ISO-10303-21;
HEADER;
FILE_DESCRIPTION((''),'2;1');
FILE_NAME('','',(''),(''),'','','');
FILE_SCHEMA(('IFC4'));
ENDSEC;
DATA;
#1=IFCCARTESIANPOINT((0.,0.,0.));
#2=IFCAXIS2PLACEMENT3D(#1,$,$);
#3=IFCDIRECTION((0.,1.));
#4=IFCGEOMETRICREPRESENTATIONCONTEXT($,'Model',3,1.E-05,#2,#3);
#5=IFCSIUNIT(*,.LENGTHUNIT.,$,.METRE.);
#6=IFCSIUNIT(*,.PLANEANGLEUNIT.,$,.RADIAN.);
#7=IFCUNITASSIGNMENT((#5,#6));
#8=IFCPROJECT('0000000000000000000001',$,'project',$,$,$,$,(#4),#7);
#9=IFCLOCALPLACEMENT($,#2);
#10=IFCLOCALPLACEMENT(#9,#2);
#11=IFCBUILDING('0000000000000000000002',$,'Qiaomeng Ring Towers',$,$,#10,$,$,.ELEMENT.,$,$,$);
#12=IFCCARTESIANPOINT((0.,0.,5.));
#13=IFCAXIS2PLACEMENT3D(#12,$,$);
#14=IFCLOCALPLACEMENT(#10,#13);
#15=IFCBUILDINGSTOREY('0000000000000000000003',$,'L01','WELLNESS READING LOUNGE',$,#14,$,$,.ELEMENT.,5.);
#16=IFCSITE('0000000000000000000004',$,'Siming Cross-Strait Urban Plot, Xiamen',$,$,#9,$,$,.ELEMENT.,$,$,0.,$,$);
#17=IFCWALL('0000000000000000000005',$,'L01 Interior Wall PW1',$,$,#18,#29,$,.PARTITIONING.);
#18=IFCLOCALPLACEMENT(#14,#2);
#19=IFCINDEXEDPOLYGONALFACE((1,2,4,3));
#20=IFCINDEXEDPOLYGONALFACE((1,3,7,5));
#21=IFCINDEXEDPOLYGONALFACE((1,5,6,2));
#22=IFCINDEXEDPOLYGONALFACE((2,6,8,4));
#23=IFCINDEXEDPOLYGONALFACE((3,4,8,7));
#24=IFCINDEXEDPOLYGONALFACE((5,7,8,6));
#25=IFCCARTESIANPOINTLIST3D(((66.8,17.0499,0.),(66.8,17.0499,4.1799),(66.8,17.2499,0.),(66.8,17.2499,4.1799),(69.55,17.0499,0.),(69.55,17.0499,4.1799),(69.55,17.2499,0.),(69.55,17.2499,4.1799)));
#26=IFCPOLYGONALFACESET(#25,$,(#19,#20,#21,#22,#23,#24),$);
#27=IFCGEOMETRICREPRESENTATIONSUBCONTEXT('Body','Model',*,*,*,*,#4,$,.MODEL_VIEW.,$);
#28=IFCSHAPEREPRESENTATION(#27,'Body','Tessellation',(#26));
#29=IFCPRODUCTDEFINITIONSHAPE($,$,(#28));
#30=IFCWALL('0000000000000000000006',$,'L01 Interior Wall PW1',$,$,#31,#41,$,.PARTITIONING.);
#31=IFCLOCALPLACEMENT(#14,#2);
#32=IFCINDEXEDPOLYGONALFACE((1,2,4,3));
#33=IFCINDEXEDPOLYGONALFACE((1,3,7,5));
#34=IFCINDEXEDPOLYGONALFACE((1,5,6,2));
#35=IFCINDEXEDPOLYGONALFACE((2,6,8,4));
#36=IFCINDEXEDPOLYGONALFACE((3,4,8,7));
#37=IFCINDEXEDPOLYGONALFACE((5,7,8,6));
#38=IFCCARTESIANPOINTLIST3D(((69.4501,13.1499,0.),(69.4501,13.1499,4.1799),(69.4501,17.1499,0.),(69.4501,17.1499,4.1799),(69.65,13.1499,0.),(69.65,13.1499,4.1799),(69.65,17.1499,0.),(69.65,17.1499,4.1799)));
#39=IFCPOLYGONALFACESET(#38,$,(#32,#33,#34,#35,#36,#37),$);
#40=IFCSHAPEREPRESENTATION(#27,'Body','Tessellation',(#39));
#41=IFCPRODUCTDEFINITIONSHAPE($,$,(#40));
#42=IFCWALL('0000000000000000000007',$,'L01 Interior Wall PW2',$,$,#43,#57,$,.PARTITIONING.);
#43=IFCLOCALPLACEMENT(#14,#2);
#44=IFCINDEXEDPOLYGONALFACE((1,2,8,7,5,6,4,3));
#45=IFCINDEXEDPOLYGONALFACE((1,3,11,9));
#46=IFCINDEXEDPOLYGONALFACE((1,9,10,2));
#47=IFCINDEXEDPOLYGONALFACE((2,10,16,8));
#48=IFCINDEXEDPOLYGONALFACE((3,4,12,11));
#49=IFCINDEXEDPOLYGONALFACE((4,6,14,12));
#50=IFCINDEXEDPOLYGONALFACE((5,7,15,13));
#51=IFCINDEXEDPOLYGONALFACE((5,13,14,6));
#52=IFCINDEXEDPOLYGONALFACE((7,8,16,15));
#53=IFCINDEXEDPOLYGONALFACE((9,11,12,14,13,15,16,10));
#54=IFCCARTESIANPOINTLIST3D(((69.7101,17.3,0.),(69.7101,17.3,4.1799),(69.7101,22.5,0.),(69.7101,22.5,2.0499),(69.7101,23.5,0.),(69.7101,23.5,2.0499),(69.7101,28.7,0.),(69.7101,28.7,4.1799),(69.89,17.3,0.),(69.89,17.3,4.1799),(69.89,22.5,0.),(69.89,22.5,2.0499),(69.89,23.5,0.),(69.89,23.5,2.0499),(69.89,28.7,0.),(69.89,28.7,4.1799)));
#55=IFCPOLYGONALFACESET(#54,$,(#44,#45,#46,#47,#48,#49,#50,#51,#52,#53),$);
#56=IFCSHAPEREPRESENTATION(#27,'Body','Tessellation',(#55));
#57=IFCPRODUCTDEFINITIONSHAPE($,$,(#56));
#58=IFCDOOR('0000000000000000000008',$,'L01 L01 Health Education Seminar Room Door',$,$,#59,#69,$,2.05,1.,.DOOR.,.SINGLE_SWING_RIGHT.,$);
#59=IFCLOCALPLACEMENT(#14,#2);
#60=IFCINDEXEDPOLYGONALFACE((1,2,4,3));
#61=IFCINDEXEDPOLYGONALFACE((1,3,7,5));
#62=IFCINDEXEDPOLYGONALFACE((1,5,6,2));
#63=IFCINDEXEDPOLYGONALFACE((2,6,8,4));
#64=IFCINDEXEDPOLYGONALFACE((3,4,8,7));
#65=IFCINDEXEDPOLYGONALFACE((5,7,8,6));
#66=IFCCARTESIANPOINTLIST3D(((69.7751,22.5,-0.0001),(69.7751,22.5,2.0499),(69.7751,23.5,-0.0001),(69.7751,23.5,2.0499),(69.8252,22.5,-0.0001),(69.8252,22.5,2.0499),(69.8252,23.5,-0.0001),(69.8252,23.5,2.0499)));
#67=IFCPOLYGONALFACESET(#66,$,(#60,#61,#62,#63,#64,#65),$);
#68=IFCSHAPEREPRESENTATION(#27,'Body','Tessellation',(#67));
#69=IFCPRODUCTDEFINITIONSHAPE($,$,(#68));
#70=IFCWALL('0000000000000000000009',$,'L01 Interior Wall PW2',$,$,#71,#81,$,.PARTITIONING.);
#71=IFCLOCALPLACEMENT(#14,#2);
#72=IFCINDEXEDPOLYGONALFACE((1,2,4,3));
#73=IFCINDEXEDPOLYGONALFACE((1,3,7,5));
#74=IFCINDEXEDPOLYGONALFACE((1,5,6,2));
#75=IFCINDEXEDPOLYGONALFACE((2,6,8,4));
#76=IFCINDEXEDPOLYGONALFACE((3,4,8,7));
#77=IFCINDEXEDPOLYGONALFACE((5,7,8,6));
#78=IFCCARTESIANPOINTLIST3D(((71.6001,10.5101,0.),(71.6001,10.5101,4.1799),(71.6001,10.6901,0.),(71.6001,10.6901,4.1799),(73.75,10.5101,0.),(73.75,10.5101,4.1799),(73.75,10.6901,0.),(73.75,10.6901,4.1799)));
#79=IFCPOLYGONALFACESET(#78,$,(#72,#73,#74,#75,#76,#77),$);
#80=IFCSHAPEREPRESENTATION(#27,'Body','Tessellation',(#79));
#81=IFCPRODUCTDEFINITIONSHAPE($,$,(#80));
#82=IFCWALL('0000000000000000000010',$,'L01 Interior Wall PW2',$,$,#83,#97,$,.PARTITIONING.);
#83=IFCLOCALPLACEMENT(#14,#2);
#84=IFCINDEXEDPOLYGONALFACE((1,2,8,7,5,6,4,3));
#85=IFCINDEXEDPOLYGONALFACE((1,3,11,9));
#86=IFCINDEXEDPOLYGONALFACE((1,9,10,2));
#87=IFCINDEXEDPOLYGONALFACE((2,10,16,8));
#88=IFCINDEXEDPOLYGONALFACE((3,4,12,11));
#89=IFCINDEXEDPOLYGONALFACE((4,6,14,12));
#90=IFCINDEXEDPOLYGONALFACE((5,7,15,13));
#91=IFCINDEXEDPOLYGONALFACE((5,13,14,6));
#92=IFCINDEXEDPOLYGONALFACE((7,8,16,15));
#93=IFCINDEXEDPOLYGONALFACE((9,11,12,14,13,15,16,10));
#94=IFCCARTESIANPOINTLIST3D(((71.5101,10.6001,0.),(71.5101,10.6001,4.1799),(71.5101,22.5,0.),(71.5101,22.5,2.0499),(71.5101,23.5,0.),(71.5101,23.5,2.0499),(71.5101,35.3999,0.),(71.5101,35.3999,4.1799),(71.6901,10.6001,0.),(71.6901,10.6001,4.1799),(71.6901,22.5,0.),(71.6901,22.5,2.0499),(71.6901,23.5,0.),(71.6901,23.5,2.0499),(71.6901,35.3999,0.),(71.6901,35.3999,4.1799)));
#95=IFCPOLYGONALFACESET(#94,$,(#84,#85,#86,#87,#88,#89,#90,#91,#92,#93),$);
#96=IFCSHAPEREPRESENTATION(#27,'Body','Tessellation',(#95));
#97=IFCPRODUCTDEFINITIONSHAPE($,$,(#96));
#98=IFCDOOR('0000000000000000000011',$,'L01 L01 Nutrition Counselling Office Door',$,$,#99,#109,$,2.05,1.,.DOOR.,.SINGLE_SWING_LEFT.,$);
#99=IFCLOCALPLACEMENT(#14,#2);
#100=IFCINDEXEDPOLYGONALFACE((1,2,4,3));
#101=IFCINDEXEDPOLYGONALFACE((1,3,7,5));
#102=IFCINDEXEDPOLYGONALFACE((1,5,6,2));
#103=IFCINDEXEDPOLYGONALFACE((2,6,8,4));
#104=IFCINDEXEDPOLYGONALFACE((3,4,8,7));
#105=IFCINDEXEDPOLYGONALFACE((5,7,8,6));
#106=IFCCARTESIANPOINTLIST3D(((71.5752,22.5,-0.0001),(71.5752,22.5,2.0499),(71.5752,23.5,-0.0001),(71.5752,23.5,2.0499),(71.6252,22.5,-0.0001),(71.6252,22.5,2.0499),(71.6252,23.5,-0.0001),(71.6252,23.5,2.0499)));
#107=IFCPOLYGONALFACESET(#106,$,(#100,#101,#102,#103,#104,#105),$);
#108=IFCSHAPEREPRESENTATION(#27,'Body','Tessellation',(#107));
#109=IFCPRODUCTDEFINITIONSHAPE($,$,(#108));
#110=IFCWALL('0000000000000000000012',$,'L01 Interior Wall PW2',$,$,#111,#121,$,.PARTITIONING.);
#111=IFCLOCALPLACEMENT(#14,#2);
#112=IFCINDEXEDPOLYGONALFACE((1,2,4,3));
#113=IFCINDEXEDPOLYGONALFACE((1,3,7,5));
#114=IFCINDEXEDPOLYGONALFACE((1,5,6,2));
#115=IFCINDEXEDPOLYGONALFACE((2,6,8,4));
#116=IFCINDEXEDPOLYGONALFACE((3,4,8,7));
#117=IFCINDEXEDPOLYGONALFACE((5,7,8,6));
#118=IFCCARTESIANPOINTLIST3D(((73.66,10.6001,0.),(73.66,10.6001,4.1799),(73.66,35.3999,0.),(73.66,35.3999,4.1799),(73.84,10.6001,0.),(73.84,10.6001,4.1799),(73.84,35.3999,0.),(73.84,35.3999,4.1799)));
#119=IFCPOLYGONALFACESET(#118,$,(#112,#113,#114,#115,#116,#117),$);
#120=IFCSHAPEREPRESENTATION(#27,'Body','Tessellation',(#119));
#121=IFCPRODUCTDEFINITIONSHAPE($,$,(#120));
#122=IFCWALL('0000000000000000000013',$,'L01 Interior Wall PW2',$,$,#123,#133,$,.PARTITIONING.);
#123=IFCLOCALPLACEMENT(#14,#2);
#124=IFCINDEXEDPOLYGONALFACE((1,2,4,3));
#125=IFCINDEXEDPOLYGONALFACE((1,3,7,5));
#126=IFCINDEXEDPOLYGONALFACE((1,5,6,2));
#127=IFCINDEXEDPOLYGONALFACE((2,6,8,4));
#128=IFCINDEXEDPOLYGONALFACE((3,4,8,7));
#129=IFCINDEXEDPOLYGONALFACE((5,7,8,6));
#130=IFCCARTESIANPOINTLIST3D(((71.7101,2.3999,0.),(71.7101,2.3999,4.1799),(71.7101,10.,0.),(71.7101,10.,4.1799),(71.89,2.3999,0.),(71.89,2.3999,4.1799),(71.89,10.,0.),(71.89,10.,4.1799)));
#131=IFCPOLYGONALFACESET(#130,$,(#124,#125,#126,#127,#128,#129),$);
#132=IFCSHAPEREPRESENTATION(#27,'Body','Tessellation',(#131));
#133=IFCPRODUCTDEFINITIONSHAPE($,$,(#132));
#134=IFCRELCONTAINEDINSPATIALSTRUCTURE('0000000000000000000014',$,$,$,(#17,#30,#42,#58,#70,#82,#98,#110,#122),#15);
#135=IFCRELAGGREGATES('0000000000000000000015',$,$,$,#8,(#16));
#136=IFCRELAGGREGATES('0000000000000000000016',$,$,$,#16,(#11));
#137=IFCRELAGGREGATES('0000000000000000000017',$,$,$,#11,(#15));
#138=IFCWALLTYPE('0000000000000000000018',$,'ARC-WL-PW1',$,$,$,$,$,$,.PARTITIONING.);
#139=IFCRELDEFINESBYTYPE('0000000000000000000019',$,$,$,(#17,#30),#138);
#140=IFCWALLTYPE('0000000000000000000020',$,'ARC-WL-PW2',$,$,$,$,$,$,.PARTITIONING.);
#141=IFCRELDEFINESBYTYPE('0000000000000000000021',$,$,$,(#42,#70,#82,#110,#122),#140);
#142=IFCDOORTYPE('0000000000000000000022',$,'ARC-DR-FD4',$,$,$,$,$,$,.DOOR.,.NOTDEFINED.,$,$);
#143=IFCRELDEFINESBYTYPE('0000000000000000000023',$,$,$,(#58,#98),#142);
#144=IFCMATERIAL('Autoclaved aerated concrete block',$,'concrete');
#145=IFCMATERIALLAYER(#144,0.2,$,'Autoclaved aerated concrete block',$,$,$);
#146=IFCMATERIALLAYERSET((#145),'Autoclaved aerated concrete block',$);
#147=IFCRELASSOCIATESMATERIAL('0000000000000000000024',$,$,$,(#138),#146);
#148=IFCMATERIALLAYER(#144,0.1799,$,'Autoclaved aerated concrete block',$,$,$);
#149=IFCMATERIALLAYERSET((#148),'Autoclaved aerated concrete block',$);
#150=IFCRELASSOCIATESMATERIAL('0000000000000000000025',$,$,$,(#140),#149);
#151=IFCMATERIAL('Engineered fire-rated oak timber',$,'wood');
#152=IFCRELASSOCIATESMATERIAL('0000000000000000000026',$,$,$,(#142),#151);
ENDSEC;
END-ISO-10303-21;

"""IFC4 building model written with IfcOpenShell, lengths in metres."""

from ifc_helpers import new_model, si_unit, direction, frame, frame_2d, origin, place, context, subcontext, project, spatial, rectangle, extrude, source, transform, mapped, material, layer, layer_set, type_object, element, fill, save


model = new_model("IFC4")

# Units and contexts
model_context = context("Model", 3, precision=1e-05, world=origin(), true_north=direction((0.0, 1.0)))
body_context = subcontext(model_context, "Body", "Model", "MODEL_VIEW")
ifc_project = project(units=[si_unit("LENGTHUNIT", "METRE"), si_unit("PLANEANGLEUNIT", "RADIAN")], contexts=[model_context])

# Site, building, storey
site_placement = place(None, origin())
site = spatial("IfcSite", under=ifc_project, at=site_placement, Name="Siming Cross-Strait Urban Plot, Xiamen", CompositionType="ELEMENT", RefElevation=0.0)
building_placement = place(site_placement, origin())
building = spatial("IfcBuilding", under=site, at=building_placement, Name="Qiaomeng Ring Towers", CompositionType="ELEMENT")
storey_placement = place(building_placement, frame((0.0, 0.0, 5.0)))
storey = spatial("IfcBuildingStorey", under=building, at=storey_placement, Name="L01", Description="WELLNESS READING LOUNGE", CompositionType="ELEMENT", Elevation=5.0)

# Walls
ifc_material_1 = material(Name="Autoclaved aerated concrete block", Category="concrete")
ifc_layer_1 = layer(ifc_material_1, 0.2, Name="Autoclaved aerated concrete block")
ifc_layer_set_1 = layer_set([ifc_layer_1], Name="Autoclaved aerated concrete block")
wall_type_1 = type_object("IfcWallType", Name="ARC-WL-PW1", PredefinedType="PARTITIONING", material=ifc_layer_set_1)
wall_1_placement = place(storey_placement, frame((66.8, 17.1499, 0.0), z_axis=(0.0, 0.0, 1.0), x_axis=(1.0, 0.0, 0.0)))
element("IfcWall", 1, at=wall_1_placement, inside=storey, type_object=wall_type_1, Name="L01 Interior Wall PW1", PredefinedType="PARTITIONING", context=body_context, shape_type="SweptSolid", body=[
    extrude(rectangle(XDim=2.75, YDim=0.2, at=frame_2d((1.375, 0.0))), origin(), (0.0, 0.0, 1.0), 4.1799),
])
wall_2_placement = place(storey_placement, frame((69.55, 13.1499, 0.0), z_axis=(0.0, 0.0, 1.0), x_axis=(0.0, 1.0, 0.0)))
element("IfcWall", 2, at=wall_2_placement, inside=storey, type_object=wall_type_1, Name="L01 Interior Wall PW1", PredefinedType="PARTITIONING", context=body_context, shape_type="SweptSolid", body=[
    extrude(rectangle(XDim=4.0, YDim=0.2, at=frame_2d((2.0, 0.0))), origin(), (0.0, 0.0, 1.0), 4.1799),
])

# Wall, opening, door
ifc_layer_2 = layer(ifc_material_1, 0.1799, Name="Autoclaved aerated concrete block")
ifc_layer_set_2 = layer_set([ifc_layer_2], Name="Autoclaved aerated concrete block")
wall_type_2 = type_object("IfcWallType", Name="ARC-WL-PW2", PredefinedType="PARTITIONING", material=ifc_layer_set_2)
wall_3_placement = place(storey_placement, frame((69.8, 17.3, 0.0), z_axis=(0.0, 0.0, 1.0), x_axis=(0.0, 1.0, 0.0)))
wall_3 = element("IfcWall", 3, at=wall_3_placement, inside=storey, type_object=wall_type_2, Name="L01 Interior Wall PW2", PredefinedType="PARTITIONING", context=body_context, shape_type="SweptSolid", body=[
    extrude(rectangle(XDim=11.3999, YDim=0.1799, at=frame_2d((5.7, 0.0))), origin(), (0.0, 0.0, 1.0), 4.1799),
])
opening_1_placement = place(wall_3_placement, frame((5.2, 0.0, 0.0)))
opening_1 = element("IfcOpeningElement", 4, at=opening_1_placement, cuts=wall_3, PredefinedType="OPENING", context=body_context, shape_type="SweptSolid", body=[
    extrude(rectangle(XDim=1.0, YDim=2.05, at=frame_2d((0.5, 1.0249))), frame((0.0, 0.0999, 0.0), z_axis=(0.0, -1.0, 0.0), x_axis=(1.0, 0.0, 0.0)), (0.0, 0.0, 1.0), 0.2),
])
ifc_material_2 = material(Name="Engineered fire-rated oak timber", Category="wood")
door_type = type_object("IfcDoorType", Name="ARC-DR-FD4", OperationType="NOTDEFINED", PredefinedType="DOOR", material=ifc_material_2)
shared_shape_1 = source(origin(), body_context, "Body", "SweptSolid", [
    extrude(rectangle(XDim=1.0, YDim=2.05, at=frame_2d((0.5, 1.0249))), frame((0.0, 0.0249, 0.0), z_axis=(0.0, -1.0, 0.0), x_axis=(1.0, 0.0, 0.0)), (0.0, 0.0, 1.0), 0.05),
])
door_1_placement = place(opening_1_placement, origin())
door_1 = element("IfcDoor", 5, at=door_1_placement, inside=storey, type_object=door_type, Name="L01 L01 Health Education Seminar Room Door", OperationType="SINGLE_SWING_RIGHT", OverallHeight=2.05, OverallWidth=1.0, PredefinedType="DOOR", context=body_context, shape_type="MappedRepresentation", body=[
    mapped(shared_shape_1, transform((0.0, 0.0, 0.0), x_axis=(1.0, 0.0, 0.0), y_axis=(0.0, 1.0, 0.0), z_axis=(0.0, 0.0, 1.0), scale=1.0)),
])
fill(opening_1, door_1)

# Wall
wall_4_placement = place(storey_placement, frame((71.6001, 10.6001, 0.0), z_axis=(0.0, 0.0, 1.0), x_axis=(1.0, 0.0, 0.0)))
element("IfcWall", 6, at=wall_4_placement, inside=storey, type_object=wall_type_2, Name="L01 Interior Wall PW2", PredefinedType="PARTITIONING", context=body_context, shape_type="SweptSolid", body=[
    extrude(rectangle(XDim=2.1499, YDim=0.1799, at=frame_2d((1.075, 0.0))), origin(), (0.0, 0.0, 1.0), 4.1799),
])

# Wall, opening, door
wall_5_placement = place(storey_placement, frame((71.6001, 10.6001, 0.0), z_axis=(0.0, 0.0, 1.0), x_axis=(0.0, 1.0, 0.0)))
wall_5 = element("IfcWall", 7, at=wall_5_placement, inside=storey, type_object=wall_type_2, Name="L01 Interior Wall PW2", PredefinedType="PARTITIONING", context=body_context, shape_type="SweptSolid", body=[
    extrude(rectangle(XDim=24.7998, YDim=0.1799, at=frame_2d((12.3999, 0.0))), origin(), (0.0, 0.0, 1.0), 4.1799),
])
opening_2_placement = place(wall_5_placement, frame((11.8999, 0.0, 0.0)))
opening_2 = element("IfcOpeningElement", 8, at=opening_2_placement, cuts=wall_5, PredefinedType="OPENING", context=body_context, shape_type="SweptSolid", body=[
    extrude(rectangle(XDim=1.0, YDim=2.05, at=frame_2d((0.5, 1.0249))), frame((0.0, 0.0999, 0.0), z_axis=(0.0, -1.0, 0.0), x_axis=(1.0, 0.0, 0.0)), (0.0, 0.0, 1.0), 0.2),
])
door_2_placement = place(opening_2_placement, origin())
door_2 = element("IfcDoor", 9, at=door_2_placement, inside=storey, type_object=door_type, Name="L01 L01 Nutrition Counselling Office Door", OperationType="SINGLE_SWING_LEFT", OverallHeight=2.05, OverallWidth=1.0, PredefinedType="DOOR", context=body_context, shape_type="MappedRepresentation", body=[
    mapped(shared_shape_1, transform((0.0, 0.0, 0.0), x_axis=(1.0, 0.0, 0.0), y_axis=(0.0, 1.0, 0.0), z_axis=(0.0, 0.0, 1.0), scale=1.0)),
])
fill(opening_2, door_2)

# Walls
wall_6_placement = place(storey_placement, frame((73.75, 10.6001, 0.0), z_axis=(0.0, 0.0, 1.0), x_axis=(0.0, 1.0, 0.0)))
element("IfcWall", 10, at=wall_6_placement, inside=storey, type_object=wall_type_2, Name="L01 Interior Wall PW2", PredefinedType="PARTITIONING", context=body_context, shape_type="SweptSolid", body=[
    extrude(rectangle(XDim=24.7998, YDim=0.1799, at=frame_2d((12.3999, 0.0))), origin(), (0.0, 0.0, 1.0), 4.1799),
])
wall_7_placement = place(storey_placement, frame((71.8, 2.3999, 0.0), z_axis=(0.0, 0.0, 1.0), x_axis=(0.0, 1.0, 0.0)))
element("IfcWall", 11, at=wall_7_placement, inside=storey, type_object=wall_type_2, Name="L01 Interior Wall PW2", PredefinedType="PARTITIONING", context=body_context, shape_type="SweptSolid", body=[
    extrude(rectangle(XDim=7.6001, YDim=0.1799, at=frame_2d((3.8, 0.0))), origin(), (0.0, 0.0, 1.0), 4.1799),
])

save(model, "model.ifc")
